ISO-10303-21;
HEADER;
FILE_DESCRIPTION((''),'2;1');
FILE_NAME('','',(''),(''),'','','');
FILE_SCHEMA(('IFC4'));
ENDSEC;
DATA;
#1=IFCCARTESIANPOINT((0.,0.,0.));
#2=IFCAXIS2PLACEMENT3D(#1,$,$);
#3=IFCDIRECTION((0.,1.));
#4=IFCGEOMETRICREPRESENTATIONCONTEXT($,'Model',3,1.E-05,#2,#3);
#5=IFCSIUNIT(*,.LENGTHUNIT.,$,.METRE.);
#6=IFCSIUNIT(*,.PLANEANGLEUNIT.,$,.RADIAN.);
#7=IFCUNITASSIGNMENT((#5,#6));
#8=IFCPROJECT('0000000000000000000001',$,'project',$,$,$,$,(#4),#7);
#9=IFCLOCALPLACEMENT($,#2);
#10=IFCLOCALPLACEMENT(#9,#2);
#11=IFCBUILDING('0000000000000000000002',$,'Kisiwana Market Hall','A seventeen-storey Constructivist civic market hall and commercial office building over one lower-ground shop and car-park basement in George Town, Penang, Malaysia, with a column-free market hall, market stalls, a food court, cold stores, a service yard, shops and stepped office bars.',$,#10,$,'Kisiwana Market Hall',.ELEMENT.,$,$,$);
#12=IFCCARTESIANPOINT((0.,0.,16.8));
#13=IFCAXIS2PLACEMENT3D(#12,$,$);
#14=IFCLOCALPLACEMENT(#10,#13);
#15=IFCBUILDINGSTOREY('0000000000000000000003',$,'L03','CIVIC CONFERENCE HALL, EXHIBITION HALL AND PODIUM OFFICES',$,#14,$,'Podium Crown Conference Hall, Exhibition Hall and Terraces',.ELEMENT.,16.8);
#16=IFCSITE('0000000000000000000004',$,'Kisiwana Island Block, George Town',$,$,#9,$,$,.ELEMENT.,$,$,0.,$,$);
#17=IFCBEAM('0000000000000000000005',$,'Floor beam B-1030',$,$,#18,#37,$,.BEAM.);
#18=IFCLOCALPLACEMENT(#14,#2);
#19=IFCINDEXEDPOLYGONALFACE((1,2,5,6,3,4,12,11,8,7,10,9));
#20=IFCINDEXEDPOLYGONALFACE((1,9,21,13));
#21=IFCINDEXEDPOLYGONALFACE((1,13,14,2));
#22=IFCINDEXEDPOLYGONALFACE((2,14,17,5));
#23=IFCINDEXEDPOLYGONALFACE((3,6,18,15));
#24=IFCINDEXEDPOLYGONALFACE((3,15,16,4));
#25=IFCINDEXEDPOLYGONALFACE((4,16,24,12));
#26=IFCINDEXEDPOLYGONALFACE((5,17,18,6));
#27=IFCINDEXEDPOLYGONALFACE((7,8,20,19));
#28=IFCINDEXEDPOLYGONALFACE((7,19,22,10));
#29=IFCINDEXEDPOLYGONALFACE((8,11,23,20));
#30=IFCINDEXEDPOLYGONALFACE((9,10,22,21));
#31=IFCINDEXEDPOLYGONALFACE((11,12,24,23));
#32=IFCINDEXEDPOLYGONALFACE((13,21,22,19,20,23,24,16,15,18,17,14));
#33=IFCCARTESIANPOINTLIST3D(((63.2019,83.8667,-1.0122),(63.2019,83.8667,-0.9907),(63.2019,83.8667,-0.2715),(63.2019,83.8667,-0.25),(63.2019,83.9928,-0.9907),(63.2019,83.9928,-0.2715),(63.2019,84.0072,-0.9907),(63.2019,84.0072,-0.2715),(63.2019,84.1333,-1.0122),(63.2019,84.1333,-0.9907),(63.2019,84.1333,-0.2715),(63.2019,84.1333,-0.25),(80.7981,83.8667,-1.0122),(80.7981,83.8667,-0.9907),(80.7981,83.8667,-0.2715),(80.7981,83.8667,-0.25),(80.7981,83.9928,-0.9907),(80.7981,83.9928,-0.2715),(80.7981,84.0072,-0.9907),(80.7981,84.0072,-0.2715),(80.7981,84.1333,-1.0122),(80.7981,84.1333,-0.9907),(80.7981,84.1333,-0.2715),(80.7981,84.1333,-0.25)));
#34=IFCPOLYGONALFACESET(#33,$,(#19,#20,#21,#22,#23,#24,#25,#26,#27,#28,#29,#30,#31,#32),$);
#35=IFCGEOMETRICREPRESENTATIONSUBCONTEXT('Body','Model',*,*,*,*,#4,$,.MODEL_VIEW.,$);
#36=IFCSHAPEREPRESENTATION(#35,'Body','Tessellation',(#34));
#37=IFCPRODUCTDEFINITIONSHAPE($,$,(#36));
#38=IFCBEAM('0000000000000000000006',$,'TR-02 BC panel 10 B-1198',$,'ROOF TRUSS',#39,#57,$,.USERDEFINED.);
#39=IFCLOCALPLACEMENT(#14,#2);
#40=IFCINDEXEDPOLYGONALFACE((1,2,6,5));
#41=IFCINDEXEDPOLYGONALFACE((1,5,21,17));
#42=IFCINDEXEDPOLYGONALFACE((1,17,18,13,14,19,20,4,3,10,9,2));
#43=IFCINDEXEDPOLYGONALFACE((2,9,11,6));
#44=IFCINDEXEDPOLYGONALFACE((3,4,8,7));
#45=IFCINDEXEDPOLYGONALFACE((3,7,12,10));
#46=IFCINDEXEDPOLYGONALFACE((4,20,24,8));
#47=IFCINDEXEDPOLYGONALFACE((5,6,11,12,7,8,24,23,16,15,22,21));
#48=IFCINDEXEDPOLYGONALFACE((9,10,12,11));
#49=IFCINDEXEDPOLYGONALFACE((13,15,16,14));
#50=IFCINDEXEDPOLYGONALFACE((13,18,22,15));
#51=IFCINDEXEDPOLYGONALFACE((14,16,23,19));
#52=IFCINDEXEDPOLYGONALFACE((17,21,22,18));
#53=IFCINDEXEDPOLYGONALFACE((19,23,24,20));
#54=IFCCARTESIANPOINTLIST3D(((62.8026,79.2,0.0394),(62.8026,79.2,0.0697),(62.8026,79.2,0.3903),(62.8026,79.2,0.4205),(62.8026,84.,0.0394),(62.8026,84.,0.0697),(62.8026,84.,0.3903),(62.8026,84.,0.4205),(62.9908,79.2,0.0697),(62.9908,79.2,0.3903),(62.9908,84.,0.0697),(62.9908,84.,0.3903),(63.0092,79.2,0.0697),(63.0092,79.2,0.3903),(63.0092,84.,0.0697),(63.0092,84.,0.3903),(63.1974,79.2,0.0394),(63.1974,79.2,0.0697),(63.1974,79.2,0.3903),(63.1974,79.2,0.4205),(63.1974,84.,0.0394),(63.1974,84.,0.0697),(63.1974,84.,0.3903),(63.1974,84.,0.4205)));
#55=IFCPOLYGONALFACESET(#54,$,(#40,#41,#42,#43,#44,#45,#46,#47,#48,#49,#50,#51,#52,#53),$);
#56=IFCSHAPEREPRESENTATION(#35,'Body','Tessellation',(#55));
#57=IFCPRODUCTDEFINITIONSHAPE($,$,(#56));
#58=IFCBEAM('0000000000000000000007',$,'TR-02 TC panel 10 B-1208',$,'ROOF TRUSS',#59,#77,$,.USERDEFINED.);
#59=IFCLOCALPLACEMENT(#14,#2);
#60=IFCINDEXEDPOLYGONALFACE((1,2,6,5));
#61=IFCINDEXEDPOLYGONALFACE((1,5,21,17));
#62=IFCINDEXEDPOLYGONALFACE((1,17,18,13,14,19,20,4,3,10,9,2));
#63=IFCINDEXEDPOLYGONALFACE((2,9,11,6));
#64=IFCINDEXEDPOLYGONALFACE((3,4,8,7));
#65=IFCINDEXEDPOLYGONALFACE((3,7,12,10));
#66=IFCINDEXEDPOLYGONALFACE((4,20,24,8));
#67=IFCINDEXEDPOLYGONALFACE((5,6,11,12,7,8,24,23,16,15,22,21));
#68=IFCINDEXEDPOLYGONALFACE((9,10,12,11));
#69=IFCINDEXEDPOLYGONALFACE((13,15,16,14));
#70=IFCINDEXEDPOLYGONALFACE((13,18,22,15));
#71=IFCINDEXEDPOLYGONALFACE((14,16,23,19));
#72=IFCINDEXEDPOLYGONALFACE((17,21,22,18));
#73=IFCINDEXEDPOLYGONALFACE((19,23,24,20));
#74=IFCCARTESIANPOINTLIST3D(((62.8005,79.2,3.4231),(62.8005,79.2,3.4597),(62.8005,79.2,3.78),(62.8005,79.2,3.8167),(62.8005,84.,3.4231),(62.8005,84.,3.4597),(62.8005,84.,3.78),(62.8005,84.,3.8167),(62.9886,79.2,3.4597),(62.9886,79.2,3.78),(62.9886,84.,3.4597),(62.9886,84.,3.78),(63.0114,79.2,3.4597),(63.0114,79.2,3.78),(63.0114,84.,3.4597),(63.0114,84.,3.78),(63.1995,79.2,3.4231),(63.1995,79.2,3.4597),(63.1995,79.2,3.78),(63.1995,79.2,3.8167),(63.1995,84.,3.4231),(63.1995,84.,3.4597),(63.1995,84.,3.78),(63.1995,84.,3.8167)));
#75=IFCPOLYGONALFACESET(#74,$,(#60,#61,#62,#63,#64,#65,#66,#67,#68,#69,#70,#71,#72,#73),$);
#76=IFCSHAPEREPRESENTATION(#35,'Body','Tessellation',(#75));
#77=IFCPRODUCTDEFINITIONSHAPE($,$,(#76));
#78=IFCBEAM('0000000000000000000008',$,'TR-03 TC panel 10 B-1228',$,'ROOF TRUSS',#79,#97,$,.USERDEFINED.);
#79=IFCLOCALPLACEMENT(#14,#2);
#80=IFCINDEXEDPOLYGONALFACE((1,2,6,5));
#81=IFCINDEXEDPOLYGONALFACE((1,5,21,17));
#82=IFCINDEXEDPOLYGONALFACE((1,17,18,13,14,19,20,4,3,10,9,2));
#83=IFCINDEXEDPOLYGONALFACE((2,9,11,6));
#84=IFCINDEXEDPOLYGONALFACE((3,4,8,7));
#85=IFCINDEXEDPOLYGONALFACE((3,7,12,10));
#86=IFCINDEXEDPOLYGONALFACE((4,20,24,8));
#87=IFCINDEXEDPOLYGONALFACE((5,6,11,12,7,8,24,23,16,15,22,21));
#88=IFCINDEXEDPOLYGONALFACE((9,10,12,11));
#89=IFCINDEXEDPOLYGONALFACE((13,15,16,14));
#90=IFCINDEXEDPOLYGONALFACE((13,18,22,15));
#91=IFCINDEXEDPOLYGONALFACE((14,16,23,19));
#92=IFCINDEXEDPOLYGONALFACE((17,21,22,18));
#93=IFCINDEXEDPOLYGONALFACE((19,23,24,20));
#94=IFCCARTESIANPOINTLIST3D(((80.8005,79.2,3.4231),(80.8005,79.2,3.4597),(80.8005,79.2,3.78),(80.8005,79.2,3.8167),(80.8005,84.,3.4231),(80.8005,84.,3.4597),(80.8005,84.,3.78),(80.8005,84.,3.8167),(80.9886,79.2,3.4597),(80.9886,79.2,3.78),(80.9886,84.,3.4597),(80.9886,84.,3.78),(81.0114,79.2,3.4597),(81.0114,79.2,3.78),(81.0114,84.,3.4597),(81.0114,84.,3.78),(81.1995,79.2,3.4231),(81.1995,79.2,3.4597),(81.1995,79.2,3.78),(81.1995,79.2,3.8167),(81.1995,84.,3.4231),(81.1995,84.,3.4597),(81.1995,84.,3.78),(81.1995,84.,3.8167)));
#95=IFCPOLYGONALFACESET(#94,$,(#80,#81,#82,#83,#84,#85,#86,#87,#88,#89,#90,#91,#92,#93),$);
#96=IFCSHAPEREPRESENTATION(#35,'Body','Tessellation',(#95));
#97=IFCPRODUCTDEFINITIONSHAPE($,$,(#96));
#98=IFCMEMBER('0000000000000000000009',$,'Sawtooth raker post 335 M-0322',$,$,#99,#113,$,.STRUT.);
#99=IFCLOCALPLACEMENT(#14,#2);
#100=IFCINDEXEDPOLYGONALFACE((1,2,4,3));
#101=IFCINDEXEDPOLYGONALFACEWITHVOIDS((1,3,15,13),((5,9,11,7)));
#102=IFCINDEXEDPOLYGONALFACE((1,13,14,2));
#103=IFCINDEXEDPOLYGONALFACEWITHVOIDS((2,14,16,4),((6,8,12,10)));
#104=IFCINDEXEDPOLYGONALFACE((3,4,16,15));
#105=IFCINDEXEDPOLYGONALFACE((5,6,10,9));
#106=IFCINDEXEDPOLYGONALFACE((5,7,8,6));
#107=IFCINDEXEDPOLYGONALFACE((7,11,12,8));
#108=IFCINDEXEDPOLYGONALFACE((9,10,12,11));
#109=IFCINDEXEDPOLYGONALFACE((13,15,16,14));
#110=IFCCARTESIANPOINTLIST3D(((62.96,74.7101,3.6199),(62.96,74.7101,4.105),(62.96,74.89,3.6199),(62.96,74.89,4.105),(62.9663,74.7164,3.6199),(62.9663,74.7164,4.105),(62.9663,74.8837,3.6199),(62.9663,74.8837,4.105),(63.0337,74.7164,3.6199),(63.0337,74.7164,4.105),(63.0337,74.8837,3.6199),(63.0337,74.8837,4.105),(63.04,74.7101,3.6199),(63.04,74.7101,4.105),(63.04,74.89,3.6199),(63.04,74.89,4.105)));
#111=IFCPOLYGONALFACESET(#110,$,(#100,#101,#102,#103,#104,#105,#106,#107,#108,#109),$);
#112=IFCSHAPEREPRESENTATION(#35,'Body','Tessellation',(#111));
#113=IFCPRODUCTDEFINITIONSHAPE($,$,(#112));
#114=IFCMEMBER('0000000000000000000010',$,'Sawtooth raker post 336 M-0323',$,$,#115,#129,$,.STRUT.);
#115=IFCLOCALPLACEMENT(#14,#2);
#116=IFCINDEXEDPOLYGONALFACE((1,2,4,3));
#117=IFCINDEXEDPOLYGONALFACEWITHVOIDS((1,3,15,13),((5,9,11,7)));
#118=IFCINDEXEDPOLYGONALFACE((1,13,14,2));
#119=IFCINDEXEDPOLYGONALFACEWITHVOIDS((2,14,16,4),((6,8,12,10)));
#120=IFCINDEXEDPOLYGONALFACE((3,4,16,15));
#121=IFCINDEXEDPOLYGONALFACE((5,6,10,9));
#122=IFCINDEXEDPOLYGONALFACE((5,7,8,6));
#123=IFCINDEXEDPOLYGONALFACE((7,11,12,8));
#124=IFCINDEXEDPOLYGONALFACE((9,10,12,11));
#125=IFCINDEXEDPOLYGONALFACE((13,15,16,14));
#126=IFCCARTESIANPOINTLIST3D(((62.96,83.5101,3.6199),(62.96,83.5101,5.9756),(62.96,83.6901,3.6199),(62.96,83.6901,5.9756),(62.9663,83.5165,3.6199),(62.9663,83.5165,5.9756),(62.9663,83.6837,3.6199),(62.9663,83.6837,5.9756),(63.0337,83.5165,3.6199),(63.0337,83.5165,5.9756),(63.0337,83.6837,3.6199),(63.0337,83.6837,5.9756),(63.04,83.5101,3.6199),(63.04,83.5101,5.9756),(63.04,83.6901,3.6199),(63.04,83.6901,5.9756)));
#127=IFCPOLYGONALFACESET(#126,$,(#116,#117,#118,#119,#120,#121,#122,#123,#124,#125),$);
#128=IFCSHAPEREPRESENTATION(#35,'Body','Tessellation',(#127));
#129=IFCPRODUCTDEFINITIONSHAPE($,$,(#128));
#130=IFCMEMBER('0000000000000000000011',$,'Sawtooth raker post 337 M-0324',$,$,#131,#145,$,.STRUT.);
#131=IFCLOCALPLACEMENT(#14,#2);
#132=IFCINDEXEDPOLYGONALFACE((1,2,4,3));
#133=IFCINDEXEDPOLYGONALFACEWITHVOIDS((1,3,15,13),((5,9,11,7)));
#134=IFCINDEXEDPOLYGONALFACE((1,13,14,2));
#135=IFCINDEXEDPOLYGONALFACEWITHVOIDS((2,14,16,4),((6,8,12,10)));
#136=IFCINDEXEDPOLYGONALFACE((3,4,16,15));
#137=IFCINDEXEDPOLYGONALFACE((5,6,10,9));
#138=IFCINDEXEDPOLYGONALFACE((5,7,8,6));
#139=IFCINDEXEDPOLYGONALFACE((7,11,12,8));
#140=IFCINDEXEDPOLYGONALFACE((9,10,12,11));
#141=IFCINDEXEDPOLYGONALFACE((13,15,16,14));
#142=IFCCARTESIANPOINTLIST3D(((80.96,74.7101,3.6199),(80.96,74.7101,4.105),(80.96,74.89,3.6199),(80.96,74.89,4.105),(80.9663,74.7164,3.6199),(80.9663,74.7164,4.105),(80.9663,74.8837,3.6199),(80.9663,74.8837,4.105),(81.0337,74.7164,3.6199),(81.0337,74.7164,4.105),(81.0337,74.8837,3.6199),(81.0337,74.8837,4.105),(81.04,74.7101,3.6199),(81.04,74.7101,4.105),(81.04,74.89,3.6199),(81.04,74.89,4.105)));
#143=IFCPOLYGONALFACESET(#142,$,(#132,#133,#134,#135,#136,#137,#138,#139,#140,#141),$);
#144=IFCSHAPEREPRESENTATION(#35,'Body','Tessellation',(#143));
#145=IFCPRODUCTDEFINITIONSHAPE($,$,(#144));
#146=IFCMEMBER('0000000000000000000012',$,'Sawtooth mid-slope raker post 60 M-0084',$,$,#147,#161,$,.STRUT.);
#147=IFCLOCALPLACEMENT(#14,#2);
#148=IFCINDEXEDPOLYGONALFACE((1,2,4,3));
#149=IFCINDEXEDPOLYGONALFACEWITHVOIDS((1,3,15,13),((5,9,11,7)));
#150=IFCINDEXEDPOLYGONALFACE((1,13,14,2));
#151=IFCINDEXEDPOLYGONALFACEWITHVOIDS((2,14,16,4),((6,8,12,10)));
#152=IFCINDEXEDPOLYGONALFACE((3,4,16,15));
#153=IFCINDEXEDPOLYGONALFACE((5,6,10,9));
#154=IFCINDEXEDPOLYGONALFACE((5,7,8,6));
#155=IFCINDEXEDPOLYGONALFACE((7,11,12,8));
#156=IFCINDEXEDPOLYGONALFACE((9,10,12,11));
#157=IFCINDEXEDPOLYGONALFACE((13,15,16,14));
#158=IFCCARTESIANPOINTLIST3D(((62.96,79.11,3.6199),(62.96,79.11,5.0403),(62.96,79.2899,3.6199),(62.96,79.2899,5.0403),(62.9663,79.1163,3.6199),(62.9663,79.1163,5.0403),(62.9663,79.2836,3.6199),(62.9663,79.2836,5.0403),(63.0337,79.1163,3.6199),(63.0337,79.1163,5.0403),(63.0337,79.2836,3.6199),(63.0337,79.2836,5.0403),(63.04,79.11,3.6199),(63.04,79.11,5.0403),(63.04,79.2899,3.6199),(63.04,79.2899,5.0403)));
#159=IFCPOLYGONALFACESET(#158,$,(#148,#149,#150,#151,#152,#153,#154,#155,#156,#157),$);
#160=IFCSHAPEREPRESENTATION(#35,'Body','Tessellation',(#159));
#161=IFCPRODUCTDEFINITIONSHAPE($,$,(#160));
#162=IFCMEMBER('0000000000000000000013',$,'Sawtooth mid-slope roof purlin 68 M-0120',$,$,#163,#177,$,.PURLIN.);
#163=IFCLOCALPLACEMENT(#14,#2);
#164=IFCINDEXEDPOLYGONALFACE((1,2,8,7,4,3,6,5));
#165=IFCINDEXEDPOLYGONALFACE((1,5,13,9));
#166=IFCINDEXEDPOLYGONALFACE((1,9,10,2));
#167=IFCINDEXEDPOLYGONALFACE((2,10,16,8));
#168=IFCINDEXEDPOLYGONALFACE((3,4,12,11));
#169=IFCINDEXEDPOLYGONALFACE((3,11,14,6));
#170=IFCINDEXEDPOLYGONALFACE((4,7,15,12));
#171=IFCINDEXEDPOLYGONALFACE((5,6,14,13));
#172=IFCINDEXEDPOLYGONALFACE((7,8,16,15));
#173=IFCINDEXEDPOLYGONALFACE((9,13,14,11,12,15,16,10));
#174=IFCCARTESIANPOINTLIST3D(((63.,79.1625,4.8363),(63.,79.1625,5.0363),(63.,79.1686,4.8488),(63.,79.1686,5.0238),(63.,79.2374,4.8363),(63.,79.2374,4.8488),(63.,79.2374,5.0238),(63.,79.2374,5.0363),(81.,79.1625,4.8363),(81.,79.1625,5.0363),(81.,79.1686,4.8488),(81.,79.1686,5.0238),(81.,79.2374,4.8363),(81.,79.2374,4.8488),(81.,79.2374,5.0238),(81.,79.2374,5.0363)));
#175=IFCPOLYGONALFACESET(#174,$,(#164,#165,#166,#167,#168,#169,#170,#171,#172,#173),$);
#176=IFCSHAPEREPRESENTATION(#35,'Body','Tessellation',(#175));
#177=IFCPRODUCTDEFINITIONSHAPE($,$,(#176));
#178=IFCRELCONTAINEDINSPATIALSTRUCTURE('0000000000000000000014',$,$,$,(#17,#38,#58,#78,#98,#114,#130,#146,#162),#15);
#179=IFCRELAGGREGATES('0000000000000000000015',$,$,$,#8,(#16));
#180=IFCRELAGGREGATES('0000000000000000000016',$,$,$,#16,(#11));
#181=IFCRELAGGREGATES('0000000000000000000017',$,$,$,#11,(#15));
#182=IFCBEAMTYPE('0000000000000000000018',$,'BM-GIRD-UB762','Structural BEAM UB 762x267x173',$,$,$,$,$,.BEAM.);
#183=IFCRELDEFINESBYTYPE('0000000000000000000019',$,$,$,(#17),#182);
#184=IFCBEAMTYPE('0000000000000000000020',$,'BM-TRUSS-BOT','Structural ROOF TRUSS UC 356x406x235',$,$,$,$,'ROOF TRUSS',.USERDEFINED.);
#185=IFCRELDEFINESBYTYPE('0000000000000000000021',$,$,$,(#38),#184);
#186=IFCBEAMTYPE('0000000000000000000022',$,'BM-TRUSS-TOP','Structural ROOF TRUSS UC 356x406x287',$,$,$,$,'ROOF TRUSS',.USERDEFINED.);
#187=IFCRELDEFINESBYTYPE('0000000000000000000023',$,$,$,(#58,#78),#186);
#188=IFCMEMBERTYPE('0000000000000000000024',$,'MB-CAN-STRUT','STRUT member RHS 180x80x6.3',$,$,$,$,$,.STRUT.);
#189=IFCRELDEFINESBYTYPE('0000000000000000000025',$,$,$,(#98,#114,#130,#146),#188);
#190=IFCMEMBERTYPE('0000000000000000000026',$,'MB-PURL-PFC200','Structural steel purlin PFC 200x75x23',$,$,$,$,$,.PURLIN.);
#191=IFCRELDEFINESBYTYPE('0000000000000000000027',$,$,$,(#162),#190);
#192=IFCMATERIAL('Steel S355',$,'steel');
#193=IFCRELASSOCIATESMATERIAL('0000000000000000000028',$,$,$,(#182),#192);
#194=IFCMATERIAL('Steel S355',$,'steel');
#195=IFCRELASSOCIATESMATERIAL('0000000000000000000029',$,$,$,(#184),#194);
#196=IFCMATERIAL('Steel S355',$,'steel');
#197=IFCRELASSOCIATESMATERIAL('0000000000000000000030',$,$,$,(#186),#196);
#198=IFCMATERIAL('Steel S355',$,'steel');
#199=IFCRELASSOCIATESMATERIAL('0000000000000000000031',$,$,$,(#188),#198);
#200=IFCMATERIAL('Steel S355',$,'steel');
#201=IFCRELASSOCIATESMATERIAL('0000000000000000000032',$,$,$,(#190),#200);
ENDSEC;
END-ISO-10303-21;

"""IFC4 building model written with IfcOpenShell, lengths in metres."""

from ifc_helpers import new_model, si_unit, direction, frame, origin, origin_2d, place, context, subcontext, project, spatial, hollow_rectangle, i_section, u_section, extrude, material, material_profile, profile_set, type_object, element, save


model = new_model("IFC4")

# Units and contexts
model_context = context("Model", 3, precision=1e-05, world=origin(), true_north=direction((0.0, 1.0)))
body_context = subcontext(model_context, "Body", "Model", "MODEL_VIEW")
ifc_project = project(units=[si_unit("LENGTHUNIT", "METRE"), si_unit("PLANEANGLEUNIT", "RADIAN")], contexts=[model_context])

# Site, building, storey
site_placement = place(None, origin())
site = spatial("IfcSite", under=ifc_project, at=site_placement, Name="Kisiwana Island Block, George Town", CompositionType="ELEMENT", RefElevation=0.0)
building_placement = place(site_placement, origin())
building = spatial("IfcBuilding", under=site, at=building_placement, Name="Kisiwana Market Hall", Description="A seventeen-storey Constructivist civic market hall and commercial office building over one lower-ground shop and car-park basement in George Town, Penang, Malaysia, with a column-free market hall, market stalls, a food court, cold stores, a service yard, shops and stepped office bars.", LongName="Kisiwana Market Hall", CompositionType="ELEMENT")
storey_placement = place(building_placement, frame((0.0, 0.0, 16.8)))
storey = spatial("IfcBuildingStorey", under=building, at=storey_placement, Name="L03", Description="CIVIC CONFERENCE HALL, EXHIBITION HALL AND PODIUM OFFICES", LongName="Podium Crown Conference Hall, Exhibition Hall and Terraces", CompositionType="ELEMENT", Elevation=16.8)

# Beams
ifc_material_1 = material(Name="Steel S355", Category="steel")
ifc_material_profile_1 = material_profile(ifc_material_1, i_section(OverallWidth=0.2666, OverallDepth=0.7622, WebThickness=0.0144, FlangeThickness=0.0215, at=origin_2d()), Name="UB 762x267x173")
ifc_profile_set_1 = profile_set([ifc_material_profile_1], Name="Steel S355")
beam_type_1 = type_object("IfcBeamType", Name="BM-GIRD-UB762", Description="Structural BEAM UB 762x267x173", PredefinedType="BEAM", material=ifc_profile_set_1)
for number, where, z_axis, x_axis, name in (
    (1, (63.2019, 84.0, -0.6311), (1.0, 0.0, 0.0), (0.0, 1.0, 0.0), "Floor beam B-1030"),
):
    element("IfcBeam", number, at=place(storey_placement, frame(where, z_axis=z_axis, x_axis=x_axis)), inside=storey, type_object=beam_type_1, Name=name, PredefinedType="BEAM", context=body_context, shape_type="SweptSolid", body=[
        extrude(i_section(OverallWidth=0.2666, OverallDepth=0.7622, WebThickness=0.0144, FlangeThickness=0.0215, at=origin_2d()), origin(), (0.0, 0.0, 1.0), 17.5962),
    ])
ifc_material_2 = material(Name="Steel S355", Category="steel")
ifc_material_profile_2 = material_profile(ifc_material_2, i_section(OverallWidth=0.3948, OverallDepth=0.3811, WebThickness=0.0183, FlangeThickness=0.0303, at=origin_2d()), Name="UC 356x406x235")
ifc_profile_set_2 = profile_set([ifc_material_profile_2], Name="Steel S355")
beam_type_2 = type_object("IfcBeamType", Name="BM-TRUSS-BOT", Description="Structural ROOF TRUSS UC 356x406x235", ElementType="ROOF TRUSS", PredefinedType="USERDEFINED", material=ifc_profile_set_2)
beam_1_placement = place(storey_placement, frame((63.0, 79.2, 0.23), z_axis=(0.0, 1.0, 0.0), x_axis=(-1.0, 0.0, 0.0)))
element("IfcBeam", 2, at=beam_1_placement, inside=storey, type_object=beam_type_2, Name="TR-02 BC panel 10 B-1198", ObjectType="ROOF TRUSS", PredefinedType="USERDEFINED", context=body_context, shape_type="SweptSolid", body=[
    extrude(i_section(OverallWidth=0.3948, OverallDepth=0.3811, WebThickness=0.0183, FlangeThickness=0.0303, at=origin_2d()), origin(), (0.0, 0.0, 1.0), 4.8),
])
ifc_material_3 = material(Name="Steel S355", Category="steel")
ifc_material_profile_3 = material_profile(ifc_material_3, i_section(OverallWidth=0.3989, OverallDepth=0.3936, WebThickness=0.0227, FlangeThickness=0.0366, at=origin_2d()), Name="UC 356x406x287")
ifc_profile_set_3 = profile_set([ifc_material_profile_3], Name="Steel S355")
beam_type_3 = type_object("IfcBeamType", Name="BM-TRUSS-TOP", Description="Structural ROOF TRUSS UC 356x406x287", ElementType="ROOF TRUSS", PredefinedType="USERDEFINED", material=ifc_profile_set_3)
for number, where, z_axis, x_axis, name in (
    (3, (63.0, 79.2, 3.6199), (0.0, 1.0, 0.0), (-1.0, 0.0, 0.0), "TR-02 TC panel 10 B-1208"),
    (4, (81.0, 79.2, 3.6199), (0.0, 1.0, 0.0), (-1.0, 0.0, 0.0), "TR-03 TC panel 10 B-1228"),
):
    element("IfcBeam", number, at=place(storey_placement, frame(where, z_axis=z_axis, x_axis=x_axis)), inside=storey, type_object=beam_type_3, Name=name, ObjectType="ROOF TRUSS", PredefinedType="USERDEFINED", context=body_context, shape_type="SweptSolid", body=[
        extrude(i_section(OverallWidth=0.3989, OverallDepth=0.3936, WebThickness=0.0227, FlangeThickness=0.0366, at=origin_2d()), origin(), (0.0, 0.0, 1.0), 4.8),
    ])

# Members
ifc_material_4 = material(Name="Steel S355", Category="steel")
ifc_material_profile_4 = material_profile(ifc_material_4, hollow_rectangle(XDim=0.0801, YDim=0.1799, WallThickness=0.0063, at=origin_2d()), Name="RHS 180x80x6.3")
ifc_profile_set_4 = profile_set([ifc_material_profile_4], Name="Steel S355")
member_type_1 = type_object("IfcMemberType", Name="MB-CAN-STRUT", Description="STRUT member RHS 180x80x6.3", PredefinedType="STRUT", material=ifc_profile_set_4)
member_1_placement = place(storey_placement, frame((63.0, 74.8, 3.6199), z_axis=(0.0, 0.0, 1.0), x_axis=(1.0, 0.0, 0.0)))
element("IfcMember", 5, at=member_1_placement, inside=storey, type_object=member_type_1, Name="Sawtooth raker post 335 M-0322", PredefinedType="STRUT", context=body_context, shape_type="SweptSolid", body=[
    extrude(hollow_rectangle(XDim=0.0801, YDim=0.1799, WallThickness=0.0063, at=origin_2d()), origin(), (0.0, 0.0, 1.0), 0.4851),
])
member_2_placement = place(storey_placement, frame((63.0, 83.6001, 3.6199), z_axis=(0.0, 0.0, 1.0), x_axis=(1.0, 0.0, 0.0)))
element("IfcMember", 6, at=member_2_placement, inside=storey, type_object=member_type_1, Name="Sawtooth raker post 336 M-0323", PredefinedType="STRUT", context=body_context, shape_type="SweptSolid", body=[
    extrude(hollow_rectangle(XDim=0.0801, YDim=0.1799, WallThickness=0.0063, at=origin_2d()), origin(), (0.0, 0.0, 1.0), 2.3557),
])
member_3_placement = place(storey_placement, frame((81.0, 74.8, 3.6199), z_axis=(0.0, 0.0, 1.0), x_axis=(1.0, 0.0, 0.0)))
element("IfcMember", 7, at=member_3_placement, inside=storey, type_object=member_type_1, Name="Sawtooth raker post 337 M-0324", PredefinedType="STRUT", context=body_context, shape_type="SweptSolid", body=[
    extrude(hollow_rectangle(XDim=0.0801, YDim=0.1799, WallThickness=0.0063, at=origin_2d()), origin(), (0.0, 0.0, 1.0), 0.4851),
])
member_4_placement = place(storey_placement, frame((63.0, 79.2, 3.6199), z_axis=(0.0, 0.0, 1.0), x_axis=(1.0, 0.0, 0.0)))
element("IfcMember", 8, at=member_4_placement, inside=storey, type_object=member_type_1, Name="Sawtooth mid-slope raker post 60 M-0084", PredefinedType="STRUT", context=body_context, shape_type="SweptSolid", body=[
    extrude(hollow_rectangle(XDim=0.0801, YDim=0.1799, WallThickness=0.0063, at=origin_2d()), origin(), (0.0, 0.0, 1.0), 1.4204),
])
ifc_material_5 = material(Name="Steel S355", Category="steel")
ifc_material_profile_5 = material_profile(ifc_material_5, u_section(Depth=0.2, FlangeWidth=0.075, WebThickness=0.0061, FlangeThickness=0.0125, at=origin_2d()), Name="PFC 200x75x23")
ifc_profile_set_5 = profile_set([ifc_material_profile_5], Name="Steel S355")
member_type_2 = type_object("IfcMemberType", Name="MB-PURL-PFC200", Description="Structural steel purlin PFC 200x75x23", PredefinedType="PURLIN", material=ifc_profile_set_5)
member_5_placement = place(storey_placement, frame((63.0, 79.2, 4.9363), z_axis=(1.0, 0.0, 0.0), x_axis=(0.0, 1.0, 0.0)))
element("IfcMember", 9, at=member_5_placement, inside=storey, type_object=member_type_2, Name="Sawtooth mid-slope roof purlin 68 M-0120", PredefinedType="PURLIN", context=body_context, shape_type="SweptSolid", body=[
    extrude(u_section(Depth=0.2, FlangeWidth=0.075, WebThickness=0.0061, FlangeThickness=0.0125, at=origin_2d()), origin(), (0.0, 0.0, 1.0), 18.0),
])

save(model, "model.ifc")
